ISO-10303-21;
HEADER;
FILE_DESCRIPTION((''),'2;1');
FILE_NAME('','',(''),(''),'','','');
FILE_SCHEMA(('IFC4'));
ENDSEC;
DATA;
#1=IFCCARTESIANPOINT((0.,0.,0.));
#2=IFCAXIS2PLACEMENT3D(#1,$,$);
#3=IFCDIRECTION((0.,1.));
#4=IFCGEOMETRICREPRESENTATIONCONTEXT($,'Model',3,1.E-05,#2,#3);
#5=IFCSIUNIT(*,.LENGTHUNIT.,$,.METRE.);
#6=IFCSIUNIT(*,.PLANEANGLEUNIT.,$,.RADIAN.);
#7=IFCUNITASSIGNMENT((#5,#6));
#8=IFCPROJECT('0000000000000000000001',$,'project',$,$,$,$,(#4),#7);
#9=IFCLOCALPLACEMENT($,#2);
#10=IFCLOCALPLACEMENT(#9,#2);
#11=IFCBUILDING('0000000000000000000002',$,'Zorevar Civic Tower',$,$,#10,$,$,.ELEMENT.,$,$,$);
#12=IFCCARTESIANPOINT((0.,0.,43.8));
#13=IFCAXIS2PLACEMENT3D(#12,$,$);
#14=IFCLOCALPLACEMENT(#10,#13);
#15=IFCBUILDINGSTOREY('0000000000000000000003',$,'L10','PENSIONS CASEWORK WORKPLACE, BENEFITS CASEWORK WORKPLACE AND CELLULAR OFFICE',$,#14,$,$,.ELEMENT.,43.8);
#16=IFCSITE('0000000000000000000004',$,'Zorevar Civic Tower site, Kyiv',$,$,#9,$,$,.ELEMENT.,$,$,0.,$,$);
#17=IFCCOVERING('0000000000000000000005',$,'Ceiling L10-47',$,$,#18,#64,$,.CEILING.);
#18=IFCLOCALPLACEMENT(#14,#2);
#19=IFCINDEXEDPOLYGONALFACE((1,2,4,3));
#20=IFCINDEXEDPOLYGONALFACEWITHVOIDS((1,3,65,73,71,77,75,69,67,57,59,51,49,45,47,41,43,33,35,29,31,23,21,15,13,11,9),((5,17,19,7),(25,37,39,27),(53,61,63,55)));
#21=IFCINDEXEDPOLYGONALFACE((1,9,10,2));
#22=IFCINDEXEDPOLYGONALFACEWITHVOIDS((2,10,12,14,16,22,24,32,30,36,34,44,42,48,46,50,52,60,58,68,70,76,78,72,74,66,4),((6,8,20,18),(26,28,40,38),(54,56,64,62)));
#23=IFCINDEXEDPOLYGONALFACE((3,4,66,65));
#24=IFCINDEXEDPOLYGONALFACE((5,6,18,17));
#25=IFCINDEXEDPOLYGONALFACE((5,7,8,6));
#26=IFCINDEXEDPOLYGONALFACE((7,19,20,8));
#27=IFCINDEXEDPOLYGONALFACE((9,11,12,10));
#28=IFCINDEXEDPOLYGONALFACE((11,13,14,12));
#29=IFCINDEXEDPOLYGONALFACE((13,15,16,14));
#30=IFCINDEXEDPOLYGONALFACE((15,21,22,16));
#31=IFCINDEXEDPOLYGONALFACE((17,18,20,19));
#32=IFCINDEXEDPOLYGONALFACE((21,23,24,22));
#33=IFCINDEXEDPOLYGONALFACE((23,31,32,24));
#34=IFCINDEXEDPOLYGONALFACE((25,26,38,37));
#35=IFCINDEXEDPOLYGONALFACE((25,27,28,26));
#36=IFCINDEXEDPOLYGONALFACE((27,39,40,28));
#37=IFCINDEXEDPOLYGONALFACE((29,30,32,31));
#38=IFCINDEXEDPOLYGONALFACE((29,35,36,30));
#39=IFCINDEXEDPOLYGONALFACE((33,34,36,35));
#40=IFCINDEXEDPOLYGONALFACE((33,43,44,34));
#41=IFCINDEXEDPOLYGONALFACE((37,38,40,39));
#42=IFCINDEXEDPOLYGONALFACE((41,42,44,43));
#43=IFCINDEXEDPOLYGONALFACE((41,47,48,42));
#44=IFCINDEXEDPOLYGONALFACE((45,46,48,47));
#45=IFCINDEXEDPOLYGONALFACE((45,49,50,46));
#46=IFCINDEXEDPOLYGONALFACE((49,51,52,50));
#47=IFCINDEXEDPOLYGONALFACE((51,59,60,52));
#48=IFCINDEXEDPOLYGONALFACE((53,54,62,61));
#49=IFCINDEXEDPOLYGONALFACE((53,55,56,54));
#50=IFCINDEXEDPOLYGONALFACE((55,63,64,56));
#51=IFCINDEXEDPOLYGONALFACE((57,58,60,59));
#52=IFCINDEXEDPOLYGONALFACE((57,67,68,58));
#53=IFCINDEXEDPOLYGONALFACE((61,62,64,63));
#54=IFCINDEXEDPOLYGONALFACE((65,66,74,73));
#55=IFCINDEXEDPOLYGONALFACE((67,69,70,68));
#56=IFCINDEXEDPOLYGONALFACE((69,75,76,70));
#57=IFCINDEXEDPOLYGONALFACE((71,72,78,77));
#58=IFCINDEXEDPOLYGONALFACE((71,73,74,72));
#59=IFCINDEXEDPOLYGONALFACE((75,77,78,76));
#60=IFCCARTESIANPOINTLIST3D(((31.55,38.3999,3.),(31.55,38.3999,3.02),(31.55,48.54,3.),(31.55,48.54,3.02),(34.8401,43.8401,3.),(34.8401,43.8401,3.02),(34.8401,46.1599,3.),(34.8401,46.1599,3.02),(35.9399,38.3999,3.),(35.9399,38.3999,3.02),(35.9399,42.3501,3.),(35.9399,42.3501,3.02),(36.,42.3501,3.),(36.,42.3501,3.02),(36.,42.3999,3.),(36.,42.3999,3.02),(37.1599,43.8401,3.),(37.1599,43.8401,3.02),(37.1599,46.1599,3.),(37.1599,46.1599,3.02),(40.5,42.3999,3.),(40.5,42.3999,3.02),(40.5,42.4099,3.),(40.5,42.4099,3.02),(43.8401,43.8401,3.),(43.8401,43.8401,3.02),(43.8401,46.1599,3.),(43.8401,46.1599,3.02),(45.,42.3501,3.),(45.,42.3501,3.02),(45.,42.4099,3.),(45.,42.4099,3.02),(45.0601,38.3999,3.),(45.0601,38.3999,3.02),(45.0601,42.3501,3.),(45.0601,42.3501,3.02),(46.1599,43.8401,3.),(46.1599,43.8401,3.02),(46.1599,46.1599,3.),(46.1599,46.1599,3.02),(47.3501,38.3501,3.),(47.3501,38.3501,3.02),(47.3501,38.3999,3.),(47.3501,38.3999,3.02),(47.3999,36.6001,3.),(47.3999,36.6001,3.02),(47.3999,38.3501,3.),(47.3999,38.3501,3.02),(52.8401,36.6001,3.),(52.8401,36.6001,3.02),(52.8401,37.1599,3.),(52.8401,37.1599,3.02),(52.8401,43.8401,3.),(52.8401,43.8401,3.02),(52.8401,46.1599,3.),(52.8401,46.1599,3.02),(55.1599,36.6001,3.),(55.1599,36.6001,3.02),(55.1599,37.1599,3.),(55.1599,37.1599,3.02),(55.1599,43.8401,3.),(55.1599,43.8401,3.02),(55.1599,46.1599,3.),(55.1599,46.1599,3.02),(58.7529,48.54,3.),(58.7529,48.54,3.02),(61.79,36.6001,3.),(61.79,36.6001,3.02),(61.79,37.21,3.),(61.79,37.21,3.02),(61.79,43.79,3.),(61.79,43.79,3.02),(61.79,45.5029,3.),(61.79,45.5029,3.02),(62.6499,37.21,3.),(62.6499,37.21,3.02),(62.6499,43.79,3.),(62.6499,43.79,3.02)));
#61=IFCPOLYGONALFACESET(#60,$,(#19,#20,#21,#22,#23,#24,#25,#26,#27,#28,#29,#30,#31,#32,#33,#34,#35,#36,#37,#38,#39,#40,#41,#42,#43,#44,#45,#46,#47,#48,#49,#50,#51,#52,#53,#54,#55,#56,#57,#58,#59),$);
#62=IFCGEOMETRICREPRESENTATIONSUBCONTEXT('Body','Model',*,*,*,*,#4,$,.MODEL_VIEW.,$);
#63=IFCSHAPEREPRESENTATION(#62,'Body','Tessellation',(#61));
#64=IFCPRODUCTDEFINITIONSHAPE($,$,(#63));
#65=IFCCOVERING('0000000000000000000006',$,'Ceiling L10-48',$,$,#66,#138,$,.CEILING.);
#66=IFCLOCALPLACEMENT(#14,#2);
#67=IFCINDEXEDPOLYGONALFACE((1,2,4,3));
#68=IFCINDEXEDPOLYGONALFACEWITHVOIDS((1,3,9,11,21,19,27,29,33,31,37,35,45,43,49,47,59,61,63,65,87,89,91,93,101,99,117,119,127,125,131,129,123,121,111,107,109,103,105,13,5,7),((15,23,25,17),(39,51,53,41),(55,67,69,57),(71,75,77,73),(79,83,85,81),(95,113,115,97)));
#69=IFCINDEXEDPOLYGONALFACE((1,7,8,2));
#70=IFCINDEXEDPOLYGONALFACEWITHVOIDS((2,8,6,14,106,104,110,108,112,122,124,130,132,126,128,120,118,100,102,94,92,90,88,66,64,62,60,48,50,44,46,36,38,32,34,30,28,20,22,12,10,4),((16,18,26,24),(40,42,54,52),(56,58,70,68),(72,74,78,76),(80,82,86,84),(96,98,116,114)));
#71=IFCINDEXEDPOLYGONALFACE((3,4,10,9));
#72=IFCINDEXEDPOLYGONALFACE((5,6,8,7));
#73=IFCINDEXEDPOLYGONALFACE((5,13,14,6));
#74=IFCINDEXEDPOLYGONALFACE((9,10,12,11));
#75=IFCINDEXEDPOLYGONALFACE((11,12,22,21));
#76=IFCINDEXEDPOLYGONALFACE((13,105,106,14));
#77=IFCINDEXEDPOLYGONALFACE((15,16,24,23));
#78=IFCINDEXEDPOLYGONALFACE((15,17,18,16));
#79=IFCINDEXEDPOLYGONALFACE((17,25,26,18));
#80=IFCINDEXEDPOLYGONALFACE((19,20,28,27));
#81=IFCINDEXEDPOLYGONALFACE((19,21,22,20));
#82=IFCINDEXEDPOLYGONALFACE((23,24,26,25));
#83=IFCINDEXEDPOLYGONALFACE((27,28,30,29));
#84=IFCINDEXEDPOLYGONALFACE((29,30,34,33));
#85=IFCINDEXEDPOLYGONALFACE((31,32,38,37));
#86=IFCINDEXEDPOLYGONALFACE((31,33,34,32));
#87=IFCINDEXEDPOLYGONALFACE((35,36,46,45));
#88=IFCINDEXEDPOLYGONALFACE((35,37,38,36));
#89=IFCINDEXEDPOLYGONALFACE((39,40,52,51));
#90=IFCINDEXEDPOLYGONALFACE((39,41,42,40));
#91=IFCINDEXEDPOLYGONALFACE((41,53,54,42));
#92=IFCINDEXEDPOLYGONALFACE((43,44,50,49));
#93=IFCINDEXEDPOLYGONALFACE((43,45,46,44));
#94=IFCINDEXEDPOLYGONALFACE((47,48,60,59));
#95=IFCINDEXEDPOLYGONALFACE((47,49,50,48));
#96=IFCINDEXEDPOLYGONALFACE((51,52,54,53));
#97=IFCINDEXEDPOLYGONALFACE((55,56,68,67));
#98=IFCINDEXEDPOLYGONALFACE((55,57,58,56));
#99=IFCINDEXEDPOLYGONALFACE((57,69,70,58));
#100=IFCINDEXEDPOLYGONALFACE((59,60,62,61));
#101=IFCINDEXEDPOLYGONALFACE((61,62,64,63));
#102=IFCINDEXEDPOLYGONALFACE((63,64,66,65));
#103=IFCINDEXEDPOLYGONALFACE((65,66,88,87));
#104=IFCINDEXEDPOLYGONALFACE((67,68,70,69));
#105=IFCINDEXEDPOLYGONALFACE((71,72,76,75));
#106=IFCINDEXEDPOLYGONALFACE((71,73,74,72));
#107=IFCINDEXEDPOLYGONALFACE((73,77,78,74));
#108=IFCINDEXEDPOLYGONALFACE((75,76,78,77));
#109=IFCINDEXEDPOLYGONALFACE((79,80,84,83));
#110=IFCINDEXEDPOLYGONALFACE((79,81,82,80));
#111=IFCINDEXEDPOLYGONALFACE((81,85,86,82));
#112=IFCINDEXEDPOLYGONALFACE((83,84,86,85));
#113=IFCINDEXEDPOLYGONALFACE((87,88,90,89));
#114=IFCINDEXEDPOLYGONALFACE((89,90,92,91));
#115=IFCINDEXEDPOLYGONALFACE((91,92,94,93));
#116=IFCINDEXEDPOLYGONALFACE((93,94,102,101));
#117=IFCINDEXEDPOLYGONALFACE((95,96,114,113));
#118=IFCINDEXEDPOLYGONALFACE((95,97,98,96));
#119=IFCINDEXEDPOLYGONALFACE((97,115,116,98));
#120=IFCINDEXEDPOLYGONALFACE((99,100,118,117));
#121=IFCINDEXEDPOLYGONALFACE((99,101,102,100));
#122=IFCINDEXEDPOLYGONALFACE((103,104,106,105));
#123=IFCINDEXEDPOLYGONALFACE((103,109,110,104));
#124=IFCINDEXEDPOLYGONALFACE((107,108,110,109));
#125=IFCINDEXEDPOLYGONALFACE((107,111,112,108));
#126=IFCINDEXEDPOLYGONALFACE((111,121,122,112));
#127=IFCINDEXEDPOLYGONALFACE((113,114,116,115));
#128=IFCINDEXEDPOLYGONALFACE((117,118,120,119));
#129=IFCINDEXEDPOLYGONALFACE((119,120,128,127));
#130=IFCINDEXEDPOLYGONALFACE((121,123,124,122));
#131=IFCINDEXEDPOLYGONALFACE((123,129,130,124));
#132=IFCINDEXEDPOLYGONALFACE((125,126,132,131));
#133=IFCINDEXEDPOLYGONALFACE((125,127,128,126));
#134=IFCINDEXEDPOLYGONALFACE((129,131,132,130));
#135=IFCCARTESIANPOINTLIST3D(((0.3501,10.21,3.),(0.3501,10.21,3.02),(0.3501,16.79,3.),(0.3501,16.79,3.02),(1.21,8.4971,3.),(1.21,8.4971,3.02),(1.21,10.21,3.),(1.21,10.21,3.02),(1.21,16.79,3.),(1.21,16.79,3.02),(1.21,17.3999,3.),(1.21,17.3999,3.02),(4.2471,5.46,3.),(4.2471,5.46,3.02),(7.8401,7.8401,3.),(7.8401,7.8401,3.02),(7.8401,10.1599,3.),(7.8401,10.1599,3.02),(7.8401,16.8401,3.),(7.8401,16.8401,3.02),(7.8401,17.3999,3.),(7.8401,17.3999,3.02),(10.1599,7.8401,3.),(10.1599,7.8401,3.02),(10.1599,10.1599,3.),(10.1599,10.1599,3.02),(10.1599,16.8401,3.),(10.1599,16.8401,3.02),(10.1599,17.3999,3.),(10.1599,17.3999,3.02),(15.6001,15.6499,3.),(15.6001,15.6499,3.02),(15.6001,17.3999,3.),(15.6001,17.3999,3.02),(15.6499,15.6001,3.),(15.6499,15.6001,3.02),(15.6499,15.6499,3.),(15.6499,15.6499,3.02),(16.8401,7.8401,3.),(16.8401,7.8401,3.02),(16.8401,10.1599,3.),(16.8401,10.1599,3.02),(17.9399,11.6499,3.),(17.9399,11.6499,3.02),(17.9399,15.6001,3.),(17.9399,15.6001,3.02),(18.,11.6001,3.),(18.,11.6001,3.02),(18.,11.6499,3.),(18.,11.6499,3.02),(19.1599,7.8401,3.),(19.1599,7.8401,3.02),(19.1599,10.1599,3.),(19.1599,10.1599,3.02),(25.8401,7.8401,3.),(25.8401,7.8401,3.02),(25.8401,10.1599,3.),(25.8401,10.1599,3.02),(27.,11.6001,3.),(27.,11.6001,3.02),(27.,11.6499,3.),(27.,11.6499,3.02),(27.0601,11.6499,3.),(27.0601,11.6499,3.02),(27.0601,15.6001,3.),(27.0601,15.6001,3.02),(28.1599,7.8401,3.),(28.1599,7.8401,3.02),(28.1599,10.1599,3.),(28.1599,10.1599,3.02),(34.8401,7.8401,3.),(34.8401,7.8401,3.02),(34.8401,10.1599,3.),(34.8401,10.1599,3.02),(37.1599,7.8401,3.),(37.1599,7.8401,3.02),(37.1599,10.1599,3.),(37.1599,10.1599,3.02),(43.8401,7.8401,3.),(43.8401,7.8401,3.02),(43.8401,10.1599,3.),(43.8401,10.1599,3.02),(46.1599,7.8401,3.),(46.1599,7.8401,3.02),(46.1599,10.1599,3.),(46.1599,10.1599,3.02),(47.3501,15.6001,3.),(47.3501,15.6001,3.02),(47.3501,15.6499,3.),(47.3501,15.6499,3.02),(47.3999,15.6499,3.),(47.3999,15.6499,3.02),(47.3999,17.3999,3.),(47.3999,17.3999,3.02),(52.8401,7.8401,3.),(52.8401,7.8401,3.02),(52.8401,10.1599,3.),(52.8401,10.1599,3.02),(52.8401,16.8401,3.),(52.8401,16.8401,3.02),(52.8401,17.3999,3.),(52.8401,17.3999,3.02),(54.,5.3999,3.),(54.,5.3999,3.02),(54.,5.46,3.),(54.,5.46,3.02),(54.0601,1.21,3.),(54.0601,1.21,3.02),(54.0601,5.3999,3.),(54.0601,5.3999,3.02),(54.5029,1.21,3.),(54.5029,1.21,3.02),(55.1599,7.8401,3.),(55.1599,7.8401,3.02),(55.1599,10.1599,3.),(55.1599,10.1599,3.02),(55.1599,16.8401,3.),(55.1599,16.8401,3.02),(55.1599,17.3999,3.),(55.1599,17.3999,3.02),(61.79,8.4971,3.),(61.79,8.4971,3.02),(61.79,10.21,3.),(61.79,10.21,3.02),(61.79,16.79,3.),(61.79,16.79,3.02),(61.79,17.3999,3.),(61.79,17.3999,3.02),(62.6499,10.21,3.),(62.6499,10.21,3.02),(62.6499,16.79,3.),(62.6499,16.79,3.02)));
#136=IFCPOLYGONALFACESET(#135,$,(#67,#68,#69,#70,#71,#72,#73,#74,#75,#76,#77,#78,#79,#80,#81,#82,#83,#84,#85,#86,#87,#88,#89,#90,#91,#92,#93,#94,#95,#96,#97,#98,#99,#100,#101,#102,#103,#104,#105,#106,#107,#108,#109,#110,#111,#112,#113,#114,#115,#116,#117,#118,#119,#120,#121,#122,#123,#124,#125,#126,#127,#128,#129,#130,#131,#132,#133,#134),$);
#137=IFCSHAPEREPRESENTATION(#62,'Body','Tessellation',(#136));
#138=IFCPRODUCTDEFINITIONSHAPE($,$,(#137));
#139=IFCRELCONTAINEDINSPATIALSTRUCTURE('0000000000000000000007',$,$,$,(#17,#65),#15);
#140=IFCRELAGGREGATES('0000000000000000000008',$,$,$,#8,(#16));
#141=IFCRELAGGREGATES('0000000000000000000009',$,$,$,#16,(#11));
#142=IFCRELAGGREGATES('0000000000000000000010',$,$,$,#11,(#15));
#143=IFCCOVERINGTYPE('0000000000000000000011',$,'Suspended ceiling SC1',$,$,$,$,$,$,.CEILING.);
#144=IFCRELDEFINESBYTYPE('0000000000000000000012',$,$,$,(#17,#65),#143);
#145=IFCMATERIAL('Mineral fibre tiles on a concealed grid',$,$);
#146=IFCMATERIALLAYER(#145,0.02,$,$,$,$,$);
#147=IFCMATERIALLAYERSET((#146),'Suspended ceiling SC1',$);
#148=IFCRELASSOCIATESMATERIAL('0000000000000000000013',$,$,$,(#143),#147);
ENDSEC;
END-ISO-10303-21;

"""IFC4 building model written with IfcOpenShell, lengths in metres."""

from ifc_helpers import new_model, si_unit, direction, frame, origin, place, context, subcontext, project, spatial, polyline, outline, extrude, material, layer, layer_set, type_object, element, save


model = new_model("IFC4")

# Units and contexts
model_context = context("Model", 3, precision=1e-05, world=origin(), true_north=direction((0.0, 1.0)))
body_context = subcontext(model_context, "Body", "Model", "MODEL_VIEW")
ifc_project = project(units=[si_unit("LENGTHUNIT", "METRE"), si_unit("PLANEANGLEUNIT", "RADIAN")], contexts=[model_context])

# Site, building, storey
site_placement = place(None, origin())
site = spatial("IfcSite", under=ifc_project, at=site_placement, Name="Zorevar Civic Tower site, Kyiv", CompositionType="ELEMENT", RefElevation=0.0)
building_placement = place(site_placement, origin())
building = spatial("IfcBuilding", under=site, at=building_placement, Name="Zorevar Civic Tower", CompositionType="ELEMENT")
storey_placement = place(building_placement, frame((0.0, 0.0, 43.8)))
storey = spatial("IfcBuildingStorey", under=building, at=storey_placement, Name="L10", Description="PENSIONS CASEWORK WORKPLACE, BENEFITS CASEWORK WORKPLACE AND CELLULAR OFFICE", CompositionType="ELEMENT", Elevation=43.8)

# Coverings
ifc_material_1 = material(Name="Mineral fibre tiles on a concealed grid")
ifc_layer_1 = layer(ifc_material_1, 0.02)
ifc_layer_set_1 = layer_set([ifc_layer_1], Name="Suspended ceiling SC1")
covering_type_1 = type_object("IfcCoveringType", Name="Suspended ceiling SC1", PredefinedType="CEILING", material=ifc_layer_set_1)
covering_1_placement = place(storey_placement, frame((0.0, 0.0, 3.0)))
element("IfcCovering", 1, at=covering_1_placement, inside=storey, type_object=covering_type_1, Name="Ceiling L10-47", PredefinedType="CEILING", context=body_context, shape_type="SweptSolid", body=[
    extrude(outline(polyline([(45.0, 42.3501), (45.0, 42.4099), (40.5, 42.4099), (40.5, 42.3999), (36.0, 42.3999), (36.0, 42.3501), (35.9399, 42.3501), (35.9399, 38.3999), (31.55, 38.3999), (31.55, 48.54), (58.7529, 48.54), (61.79, 45.5029), (61.79, 43.79), (62.6499, 43.79), (62.6499, 37.21), (61.79, 37.21), (61.79, 36.6001), (55.1599, 36.6001), (55.1599, 37.1599), (52.8401, 37.1599), (52.8401, 36.6001), (47.3999, 36.6001), (47.3999, 38.3501), (47.3501, 38.3501), (47.3501, 38.3999), (45.0601, 38.3999), (45.0601, 42.3501), (45.0, 42.3501)]), holes=[polyline([(34.8401, 43.8401), (37.1599, 43.8401), (37.1599, 46.1599), (34.8401, 46.1599), (34.8401, 43.8401)]), polyline([(43.8401, 46.1599), (43.8401, 43.8401), (46.1599, 43.8401), (46.1599, 46.1599), (43.8401, 46.1599)]), polyline([(55.1599, 43.8401), (55.1599, 46.1599), (52.8401, 46.1599), (52.8401, 43.8401), (55.1599, 43.8401)])]), origin(), (0.0, 0.0, 1.0), 0.02),
])
covering_2_placement = place(storey_placement, frame((0.0, 0.0, 3.0)))
element("IfcCovering", 2, at=covering_2_placement, inside=storey, type_object=covering_type_1, Name="Ceiling L10-48", PredefinedType="CEILING", context=body_context, shape_type="SweptSolid", body=[
    extrude(outline(polyline([(54.5029, 1.21), (54.0601, 1.21), (54.0601, 5.3999), (54.0, 5.3999), (54.0, 5.46), (4.2471, 5.46), (1.21, 8.4971), (1.21, 10.21), (0.3501, 10.21), (0.3501, 16.79), (1.21, 16.79), (1.21, 17.3999), (7.8401, 17.3999), (7.8401, 16.8401), (10.1599, 16.8401), (10.1599, 17.3999), (15.6001, 17.3999), (15.6001, 15.6499), (15.6499, 15.6499), (15.6499, 15.6001), (17.9399, 15.6001), (17.9399, 11.6499), (18.0, 11.6499), (18.0, 11.6001), (27.0, 11.6001), (27.0, 11.6499), (27.0601, 11.6499), (27.0601, 15.6001), (47.3501, 15.6001), (47.3501, 15.6499), (47.3999, 15.6499), (47.3999, 17.3999), (52.8401, 17.3999), (52.8401, 16.8401), (55.1599, 16.8401), (55.1599, 17.3999), (61.79, 17.3999), (61.79, 16.79), (62.6499, 16.79), (62.6499, 10.21), (61.79, 10.21), (61.79, 8.4971), (54.5029, 1.21)]), holes=[polyline([(10.1599, 10.1599), (7.8401, 10.1599), (7.8401, 7.8401), (10.1599, 7.8401), (10.1599, 10.1599)]), polyline([(16.8401, 7.8401), (19.1599, 7.8401), (19.1599, 10.1599), (16.8401, 10.1599), (16.8401, 7.8401)]), polyline([(25.8401, 10.1599), (25.8401, 7.8401), (28.1599, 7.8401), (28.1599, 10.1599), (25.8401, 10.1599)]), polyline([(37.1599, 10.1599), (34.8401, 10.1599), (34.8401, 7.8401), (37.1599, 7.8401), (37.1599, 10.1599)]), polyline([(46.1599, 7.8401), (46.1599, 10.1599), (43.8401, 10.1599), (43.8401, 7.8401), (46.1599, 7.8401)]), polyline([(52.8401, 10.1599), (52.8401, 7.8401), (55.1599, 7.8401), (55.1599, 10.1599), (52.8401, 10.1599)])]), origin(), (0.0, 0.0, 1.0), 0.02),
])

save(model, "model.ifc")
